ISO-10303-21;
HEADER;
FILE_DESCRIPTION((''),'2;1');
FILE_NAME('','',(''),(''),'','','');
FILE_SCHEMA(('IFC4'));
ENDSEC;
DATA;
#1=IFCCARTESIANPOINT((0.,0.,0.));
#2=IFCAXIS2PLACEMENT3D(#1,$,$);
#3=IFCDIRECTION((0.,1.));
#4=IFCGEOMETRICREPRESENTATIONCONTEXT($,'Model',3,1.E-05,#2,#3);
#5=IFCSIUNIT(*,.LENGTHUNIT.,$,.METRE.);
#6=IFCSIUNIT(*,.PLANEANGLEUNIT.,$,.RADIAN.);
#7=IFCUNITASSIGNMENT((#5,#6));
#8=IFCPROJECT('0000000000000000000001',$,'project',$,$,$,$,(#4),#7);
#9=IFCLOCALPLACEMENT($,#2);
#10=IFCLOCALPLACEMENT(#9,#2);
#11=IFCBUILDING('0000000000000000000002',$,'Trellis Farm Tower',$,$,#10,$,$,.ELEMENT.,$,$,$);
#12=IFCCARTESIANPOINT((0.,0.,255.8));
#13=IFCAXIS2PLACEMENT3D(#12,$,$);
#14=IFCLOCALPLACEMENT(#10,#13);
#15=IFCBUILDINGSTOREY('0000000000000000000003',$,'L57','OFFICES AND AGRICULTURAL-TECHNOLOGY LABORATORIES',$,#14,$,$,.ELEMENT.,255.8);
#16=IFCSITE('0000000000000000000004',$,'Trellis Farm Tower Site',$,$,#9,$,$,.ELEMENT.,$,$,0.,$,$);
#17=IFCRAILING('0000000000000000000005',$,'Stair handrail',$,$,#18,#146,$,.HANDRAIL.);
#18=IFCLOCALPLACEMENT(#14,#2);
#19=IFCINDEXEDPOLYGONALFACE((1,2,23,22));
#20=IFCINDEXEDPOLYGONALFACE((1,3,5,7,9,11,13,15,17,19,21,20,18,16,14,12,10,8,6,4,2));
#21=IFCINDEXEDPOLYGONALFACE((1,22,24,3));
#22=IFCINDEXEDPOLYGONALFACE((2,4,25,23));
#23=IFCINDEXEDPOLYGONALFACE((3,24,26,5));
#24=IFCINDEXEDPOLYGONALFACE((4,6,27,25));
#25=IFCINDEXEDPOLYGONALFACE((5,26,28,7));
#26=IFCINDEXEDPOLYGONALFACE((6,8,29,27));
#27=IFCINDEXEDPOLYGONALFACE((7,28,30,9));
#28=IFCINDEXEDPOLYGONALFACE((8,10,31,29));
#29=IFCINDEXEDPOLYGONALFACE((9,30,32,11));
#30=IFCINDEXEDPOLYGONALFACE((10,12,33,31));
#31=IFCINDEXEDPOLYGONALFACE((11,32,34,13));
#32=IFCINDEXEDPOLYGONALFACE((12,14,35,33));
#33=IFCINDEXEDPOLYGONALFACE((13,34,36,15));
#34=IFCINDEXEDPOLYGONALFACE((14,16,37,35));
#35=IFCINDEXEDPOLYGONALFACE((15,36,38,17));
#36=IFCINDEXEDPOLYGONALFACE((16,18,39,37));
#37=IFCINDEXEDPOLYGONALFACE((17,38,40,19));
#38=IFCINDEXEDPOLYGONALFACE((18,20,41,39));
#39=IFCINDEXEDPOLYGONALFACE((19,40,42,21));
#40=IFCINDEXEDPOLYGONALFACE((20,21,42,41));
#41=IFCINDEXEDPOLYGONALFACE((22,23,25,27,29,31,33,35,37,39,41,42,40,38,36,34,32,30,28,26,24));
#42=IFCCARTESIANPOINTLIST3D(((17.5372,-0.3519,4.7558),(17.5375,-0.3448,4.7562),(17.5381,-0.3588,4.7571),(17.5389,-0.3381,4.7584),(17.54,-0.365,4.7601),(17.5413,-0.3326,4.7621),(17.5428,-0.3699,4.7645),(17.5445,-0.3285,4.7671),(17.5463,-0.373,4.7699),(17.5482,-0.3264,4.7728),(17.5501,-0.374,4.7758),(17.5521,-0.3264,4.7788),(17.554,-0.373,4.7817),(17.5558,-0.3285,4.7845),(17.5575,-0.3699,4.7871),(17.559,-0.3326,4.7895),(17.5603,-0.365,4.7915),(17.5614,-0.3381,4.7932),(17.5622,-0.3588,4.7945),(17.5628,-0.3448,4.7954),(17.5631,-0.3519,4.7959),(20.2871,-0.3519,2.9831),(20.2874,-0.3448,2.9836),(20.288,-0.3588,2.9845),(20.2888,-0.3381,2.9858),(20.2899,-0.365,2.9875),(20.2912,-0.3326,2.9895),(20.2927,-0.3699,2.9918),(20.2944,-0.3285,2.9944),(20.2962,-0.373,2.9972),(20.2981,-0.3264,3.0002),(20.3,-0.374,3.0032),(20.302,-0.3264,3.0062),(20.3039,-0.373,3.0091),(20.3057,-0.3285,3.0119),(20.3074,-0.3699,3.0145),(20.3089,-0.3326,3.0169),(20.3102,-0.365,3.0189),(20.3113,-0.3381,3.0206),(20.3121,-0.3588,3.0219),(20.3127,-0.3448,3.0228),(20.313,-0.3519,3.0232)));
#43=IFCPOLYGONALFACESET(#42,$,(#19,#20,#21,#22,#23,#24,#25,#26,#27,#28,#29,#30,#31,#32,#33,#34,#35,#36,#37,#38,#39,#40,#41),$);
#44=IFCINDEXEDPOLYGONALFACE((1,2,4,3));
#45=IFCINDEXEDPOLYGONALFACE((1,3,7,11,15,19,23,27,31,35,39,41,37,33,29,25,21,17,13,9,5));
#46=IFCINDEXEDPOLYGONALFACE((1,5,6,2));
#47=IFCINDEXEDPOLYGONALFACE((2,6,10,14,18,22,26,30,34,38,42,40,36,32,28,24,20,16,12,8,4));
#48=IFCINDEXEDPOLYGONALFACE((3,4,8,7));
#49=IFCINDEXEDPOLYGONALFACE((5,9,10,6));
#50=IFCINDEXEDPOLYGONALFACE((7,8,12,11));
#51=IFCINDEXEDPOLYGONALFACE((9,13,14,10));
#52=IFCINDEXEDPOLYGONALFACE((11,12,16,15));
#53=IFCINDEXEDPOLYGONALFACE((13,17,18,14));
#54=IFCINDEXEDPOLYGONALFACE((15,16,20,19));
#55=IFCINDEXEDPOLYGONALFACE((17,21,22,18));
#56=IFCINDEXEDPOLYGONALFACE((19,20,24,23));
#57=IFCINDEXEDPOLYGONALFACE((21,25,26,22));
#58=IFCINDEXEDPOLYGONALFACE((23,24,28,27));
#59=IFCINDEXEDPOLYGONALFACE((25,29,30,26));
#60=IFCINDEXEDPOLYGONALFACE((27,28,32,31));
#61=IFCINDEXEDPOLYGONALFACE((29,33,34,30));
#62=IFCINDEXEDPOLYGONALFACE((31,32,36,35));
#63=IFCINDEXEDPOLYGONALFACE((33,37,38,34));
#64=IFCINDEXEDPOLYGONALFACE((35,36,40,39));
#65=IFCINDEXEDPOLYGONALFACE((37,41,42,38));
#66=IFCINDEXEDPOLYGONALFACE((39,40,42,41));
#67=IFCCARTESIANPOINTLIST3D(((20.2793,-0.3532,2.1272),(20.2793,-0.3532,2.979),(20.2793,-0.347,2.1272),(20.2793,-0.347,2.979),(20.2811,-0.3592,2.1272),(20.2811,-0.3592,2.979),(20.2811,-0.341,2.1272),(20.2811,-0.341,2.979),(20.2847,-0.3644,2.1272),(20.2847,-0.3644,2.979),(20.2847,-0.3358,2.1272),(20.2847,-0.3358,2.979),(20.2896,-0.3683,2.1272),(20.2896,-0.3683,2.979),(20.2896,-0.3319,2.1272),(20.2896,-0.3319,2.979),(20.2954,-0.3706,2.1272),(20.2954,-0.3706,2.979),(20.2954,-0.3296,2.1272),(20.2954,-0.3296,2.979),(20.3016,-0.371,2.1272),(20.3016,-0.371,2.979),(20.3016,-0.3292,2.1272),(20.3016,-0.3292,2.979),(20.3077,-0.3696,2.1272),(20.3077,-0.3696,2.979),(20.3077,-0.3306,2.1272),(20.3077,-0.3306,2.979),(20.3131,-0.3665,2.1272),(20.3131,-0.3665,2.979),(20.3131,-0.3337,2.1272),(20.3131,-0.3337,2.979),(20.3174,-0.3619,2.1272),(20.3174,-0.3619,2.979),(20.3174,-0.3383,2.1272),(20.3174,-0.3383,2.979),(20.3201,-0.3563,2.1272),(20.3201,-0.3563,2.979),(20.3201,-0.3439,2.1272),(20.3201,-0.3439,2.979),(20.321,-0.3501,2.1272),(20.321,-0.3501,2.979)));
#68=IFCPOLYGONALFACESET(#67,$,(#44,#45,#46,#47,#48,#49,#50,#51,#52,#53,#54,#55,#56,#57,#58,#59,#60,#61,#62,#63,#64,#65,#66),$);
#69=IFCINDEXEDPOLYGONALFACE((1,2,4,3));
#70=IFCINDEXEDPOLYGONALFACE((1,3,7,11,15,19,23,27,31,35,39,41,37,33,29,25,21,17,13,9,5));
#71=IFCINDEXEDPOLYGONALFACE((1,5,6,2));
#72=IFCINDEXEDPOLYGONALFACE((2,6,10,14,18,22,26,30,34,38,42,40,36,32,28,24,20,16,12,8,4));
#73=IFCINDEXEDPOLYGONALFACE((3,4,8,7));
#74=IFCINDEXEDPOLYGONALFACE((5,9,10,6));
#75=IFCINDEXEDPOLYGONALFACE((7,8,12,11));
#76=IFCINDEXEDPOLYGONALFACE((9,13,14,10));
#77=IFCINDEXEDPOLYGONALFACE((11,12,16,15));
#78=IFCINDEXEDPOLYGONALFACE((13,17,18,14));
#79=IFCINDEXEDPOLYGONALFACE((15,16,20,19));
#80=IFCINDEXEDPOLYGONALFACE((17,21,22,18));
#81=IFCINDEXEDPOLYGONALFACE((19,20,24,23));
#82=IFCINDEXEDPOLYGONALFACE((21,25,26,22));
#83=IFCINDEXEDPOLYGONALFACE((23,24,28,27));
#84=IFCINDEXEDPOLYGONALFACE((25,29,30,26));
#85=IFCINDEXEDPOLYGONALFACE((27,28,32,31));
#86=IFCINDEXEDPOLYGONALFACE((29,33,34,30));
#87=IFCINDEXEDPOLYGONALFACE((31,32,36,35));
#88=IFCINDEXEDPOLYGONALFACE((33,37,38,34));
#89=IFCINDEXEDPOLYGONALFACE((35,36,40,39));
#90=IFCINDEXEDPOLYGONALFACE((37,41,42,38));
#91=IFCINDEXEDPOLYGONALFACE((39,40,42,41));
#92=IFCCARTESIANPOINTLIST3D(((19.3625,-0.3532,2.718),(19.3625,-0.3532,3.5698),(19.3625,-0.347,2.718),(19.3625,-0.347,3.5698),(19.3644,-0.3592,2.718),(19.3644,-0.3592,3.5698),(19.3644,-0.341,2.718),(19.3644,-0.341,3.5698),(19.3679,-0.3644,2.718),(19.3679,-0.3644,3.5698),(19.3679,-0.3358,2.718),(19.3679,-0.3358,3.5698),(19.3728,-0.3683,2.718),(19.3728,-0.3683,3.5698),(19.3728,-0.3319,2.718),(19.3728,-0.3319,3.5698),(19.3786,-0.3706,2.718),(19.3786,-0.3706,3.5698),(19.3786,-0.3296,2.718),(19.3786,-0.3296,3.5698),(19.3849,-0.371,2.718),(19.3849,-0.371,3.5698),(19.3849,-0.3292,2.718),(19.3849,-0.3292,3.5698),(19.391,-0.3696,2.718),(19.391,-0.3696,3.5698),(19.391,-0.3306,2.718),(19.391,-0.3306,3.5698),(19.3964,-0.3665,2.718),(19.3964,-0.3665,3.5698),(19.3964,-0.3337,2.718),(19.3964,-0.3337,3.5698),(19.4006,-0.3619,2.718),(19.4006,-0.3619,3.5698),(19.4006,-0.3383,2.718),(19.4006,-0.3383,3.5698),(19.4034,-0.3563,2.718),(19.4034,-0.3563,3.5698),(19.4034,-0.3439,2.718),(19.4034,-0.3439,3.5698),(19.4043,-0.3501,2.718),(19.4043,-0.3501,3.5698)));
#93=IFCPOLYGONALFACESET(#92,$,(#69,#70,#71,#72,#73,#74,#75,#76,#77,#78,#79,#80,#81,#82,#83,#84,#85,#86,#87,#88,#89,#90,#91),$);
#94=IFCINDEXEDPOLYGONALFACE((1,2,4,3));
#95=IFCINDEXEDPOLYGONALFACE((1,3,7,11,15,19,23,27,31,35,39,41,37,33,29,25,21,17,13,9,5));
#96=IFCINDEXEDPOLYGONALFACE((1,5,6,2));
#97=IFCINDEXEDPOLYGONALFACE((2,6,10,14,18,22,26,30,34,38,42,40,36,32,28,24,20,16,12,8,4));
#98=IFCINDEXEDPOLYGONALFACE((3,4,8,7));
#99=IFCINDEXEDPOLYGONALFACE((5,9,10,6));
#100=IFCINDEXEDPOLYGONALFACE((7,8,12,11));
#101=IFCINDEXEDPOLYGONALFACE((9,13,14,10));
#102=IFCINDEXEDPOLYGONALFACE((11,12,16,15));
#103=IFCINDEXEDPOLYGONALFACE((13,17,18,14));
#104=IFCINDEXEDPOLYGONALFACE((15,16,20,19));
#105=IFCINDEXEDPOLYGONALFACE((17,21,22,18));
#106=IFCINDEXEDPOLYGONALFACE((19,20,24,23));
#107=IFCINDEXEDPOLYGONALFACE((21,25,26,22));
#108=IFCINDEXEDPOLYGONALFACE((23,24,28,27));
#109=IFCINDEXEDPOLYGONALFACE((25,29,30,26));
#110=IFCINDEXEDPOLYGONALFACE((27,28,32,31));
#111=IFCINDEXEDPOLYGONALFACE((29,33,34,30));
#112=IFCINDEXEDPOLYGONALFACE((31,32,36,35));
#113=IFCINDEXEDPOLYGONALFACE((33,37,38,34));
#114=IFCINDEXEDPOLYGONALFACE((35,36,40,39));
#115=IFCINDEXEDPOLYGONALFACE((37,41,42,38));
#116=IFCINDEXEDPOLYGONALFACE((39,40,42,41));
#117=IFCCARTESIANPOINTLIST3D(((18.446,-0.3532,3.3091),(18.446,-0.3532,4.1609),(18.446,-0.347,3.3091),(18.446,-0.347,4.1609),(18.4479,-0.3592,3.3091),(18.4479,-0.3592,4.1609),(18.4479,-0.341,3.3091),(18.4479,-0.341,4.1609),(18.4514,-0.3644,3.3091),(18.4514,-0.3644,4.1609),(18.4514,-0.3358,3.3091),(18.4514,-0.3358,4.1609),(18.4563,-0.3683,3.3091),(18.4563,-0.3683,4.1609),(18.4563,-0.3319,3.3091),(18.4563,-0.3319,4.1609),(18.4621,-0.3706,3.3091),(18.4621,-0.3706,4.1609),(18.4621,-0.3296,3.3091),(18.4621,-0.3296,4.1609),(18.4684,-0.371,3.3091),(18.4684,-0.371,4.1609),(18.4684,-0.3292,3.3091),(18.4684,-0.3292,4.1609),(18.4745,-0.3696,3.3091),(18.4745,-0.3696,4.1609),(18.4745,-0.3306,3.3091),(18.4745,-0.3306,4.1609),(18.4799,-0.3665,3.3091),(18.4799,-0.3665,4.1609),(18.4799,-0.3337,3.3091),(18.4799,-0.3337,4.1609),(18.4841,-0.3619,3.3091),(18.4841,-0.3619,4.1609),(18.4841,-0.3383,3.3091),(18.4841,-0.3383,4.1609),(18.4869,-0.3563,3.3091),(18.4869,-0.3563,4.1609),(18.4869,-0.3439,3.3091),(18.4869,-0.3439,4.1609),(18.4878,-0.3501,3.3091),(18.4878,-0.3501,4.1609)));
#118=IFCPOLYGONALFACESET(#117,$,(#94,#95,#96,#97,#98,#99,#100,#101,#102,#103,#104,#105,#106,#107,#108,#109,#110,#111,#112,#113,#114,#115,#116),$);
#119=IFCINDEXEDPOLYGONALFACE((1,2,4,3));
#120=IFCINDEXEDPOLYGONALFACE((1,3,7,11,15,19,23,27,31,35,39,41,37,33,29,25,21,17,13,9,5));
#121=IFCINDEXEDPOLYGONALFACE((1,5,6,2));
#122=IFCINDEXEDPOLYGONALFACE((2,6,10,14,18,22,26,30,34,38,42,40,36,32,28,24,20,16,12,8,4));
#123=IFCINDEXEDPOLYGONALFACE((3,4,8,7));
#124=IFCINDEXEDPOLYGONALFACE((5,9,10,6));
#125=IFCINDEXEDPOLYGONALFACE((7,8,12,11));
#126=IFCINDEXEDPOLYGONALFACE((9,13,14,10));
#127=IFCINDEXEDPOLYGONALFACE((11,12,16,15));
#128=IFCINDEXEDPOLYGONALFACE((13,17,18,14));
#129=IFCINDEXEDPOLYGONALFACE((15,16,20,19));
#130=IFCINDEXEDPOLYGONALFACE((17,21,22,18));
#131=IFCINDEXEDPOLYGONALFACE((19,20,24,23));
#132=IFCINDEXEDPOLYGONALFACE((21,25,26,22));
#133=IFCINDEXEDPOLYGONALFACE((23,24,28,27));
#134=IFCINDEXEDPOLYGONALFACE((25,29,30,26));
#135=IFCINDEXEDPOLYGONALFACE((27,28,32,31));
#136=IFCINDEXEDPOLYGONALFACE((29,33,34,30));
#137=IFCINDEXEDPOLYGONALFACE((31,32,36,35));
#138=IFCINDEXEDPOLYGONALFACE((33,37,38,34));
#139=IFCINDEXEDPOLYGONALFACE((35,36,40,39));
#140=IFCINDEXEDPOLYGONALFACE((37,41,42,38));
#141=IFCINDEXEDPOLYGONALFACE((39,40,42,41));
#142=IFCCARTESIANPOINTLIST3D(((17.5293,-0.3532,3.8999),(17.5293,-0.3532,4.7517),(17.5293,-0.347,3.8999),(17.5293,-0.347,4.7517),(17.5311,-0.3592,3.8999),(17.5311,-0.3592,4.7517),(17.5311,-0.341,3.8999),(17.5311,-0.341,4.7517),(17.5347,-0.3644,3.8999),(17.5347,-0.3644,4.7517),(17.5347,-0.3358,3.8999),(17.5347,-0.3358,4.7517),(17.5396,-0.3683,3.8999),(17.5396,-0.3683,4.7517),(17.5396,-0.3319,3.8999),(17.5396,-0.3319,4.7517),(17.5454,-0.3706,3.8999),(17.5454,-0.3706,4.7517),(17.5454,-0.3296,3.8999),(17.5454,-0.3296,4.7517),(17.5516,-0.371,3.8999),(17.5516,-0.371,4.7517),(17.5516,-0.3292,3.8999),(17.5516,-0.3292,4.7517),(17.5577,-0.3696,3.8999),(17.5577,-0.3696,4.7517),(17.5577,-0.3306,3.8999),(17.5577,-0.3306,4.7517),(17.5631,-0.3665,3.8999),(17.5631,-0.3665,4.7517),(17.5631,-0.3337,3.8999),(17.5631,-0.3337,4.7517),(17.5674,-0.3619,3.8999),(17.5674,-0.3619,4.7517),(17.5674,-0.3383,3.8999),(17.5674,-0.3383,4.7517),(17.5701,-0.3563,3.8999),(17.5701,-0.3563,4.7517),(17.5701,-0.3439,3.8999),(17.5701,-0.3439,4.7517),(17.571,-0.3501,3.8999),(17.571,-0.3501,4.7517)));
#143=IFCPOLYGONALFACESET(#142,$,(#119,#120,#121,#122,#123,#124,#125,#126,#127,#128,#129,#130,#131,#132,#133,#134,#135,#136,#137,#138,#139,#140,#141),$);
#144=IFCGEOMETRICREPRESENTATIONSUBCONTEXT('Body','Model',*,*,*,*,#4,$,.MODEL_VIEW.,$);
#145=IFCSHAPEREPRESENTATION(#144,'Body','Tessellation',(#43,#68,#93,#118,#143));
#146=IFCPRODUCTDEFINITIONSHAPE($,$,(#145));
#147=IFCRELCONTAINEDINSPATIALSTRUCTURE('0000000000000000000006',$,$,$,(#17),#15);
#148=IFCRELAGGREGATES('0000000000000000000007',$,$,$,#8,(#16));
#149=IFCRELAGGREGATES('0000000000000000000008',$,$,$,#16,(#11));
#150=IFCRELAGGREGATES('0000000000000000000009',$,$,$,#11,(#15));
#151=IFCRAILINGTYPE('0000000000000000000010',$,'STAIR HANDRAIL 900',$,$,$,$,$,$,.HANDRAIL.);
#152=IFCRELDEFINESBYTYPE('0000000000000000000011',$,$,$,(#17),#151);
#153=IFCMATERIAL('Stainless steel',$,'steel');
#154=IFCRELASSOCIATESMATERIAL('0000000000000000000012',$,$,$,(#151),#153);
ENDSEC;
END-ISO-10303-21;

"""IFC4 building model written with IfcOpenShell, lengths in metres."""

from ifc_helpers import new_model, si_unit, direction, frame, origin, origin_2d, place, context, subcontext, project, spatial, circle, extrude, source, transform, mapped, material, type_object, element, save


model = new_model("IFC4")

# Units and contexts
model_context = context("Model", 3, precision=1e-05, world=origin(), true_north=direction((0.0, 1.0)))
body_context = subcontext(model_context, "Body", "Model", "MODEL_VIEW")
ifc_project = project(units=[si_unit("LENGTHUNIT", "METRE"), si_unit("PLANEANGLEUNIT", "RADIAN")], contexts=[model_context])

# Site, building, storey
site_placement = place(None, origin())
site = spatial("IfcSite", under=ifc_project, at=site_placement, Name="Trellis Farm Tower Site", CompositionType="ELEMENT", RefElevation=0.0)
building_placement = place(site_placement, origin())
building = spatial("IfcBuilding", under=site, at=building_placement, Name="Trellis Farm Tower", CompositionType="ELEMENT")
storey_placement = place(building_placement, frame((0.0, 0.0, 255.8)))
storey = spatial("IfcBuildingStorey", under=building, at=storey_placement, Name="L57", Description="OFFICES AND AGRICULTURAL-TECHNOLOGY LABORATORIES", CompositionType="ELEMENT", Elevation=255.8)

# Railing
ifc_material_1 = material(Name="Stainless steel", Category="steel")
railing_type = type_object("IfcRailingType", Name="STAIR HANDRAIL 900", PredefinedType="HANDRAIL", material=ifc_material_1)
shared_shape_1 = source(origin(), body_context, "Body", "SweptSolid", [
    extrude(circle(Radius=0.0239, at=origin_2d()), frame((0.0, 0.0, 0.876), z_axis=(-0.840504, 0.0, 0.541806), x_axis=(0.0, -1.0, 0.0)), (0.0, 0.0, 1.0), 3.2717),
    extrude(circle(Radius=0.021, at=origin_2d()), origin(), (0.0, 0.0, 1.0), 0.8518),
    extrude(circle(Radius=0.021, at=origin_2d()), frame((-0.9167, 0.0, 0.5908)), (0.0, 0.0, 1.0), 0.8518),
    extrude(circle(Radius=0.021, at=origin_2d()), frame((-1.8333, 0.0, 1.1819)), (0.0, 0.0, 1.0), 0.8518),
    extrude(circle(Radius=0.021, at=origin_2d()), frame((-2.75, 0.0, 1.7727)), (0.0, 0.0, 1.0), 0.8518),
])
for number, where, name in (
    (1, (20.3, -0.3501, 2.1272), "Stair handrail"),
):
    element("IfcRailing", number, at=place(storey_placement, frame(where)), inside=storey, type_object=railing_type, Name=name, PredefinedType="HANDRAIL", context=body_context, shape_type="MappedRepresentation", body=[
        mapped(shared_shape_1, transform((0.0, 0.0, 0.0))),
    ])

save(model, "model.ifc")
